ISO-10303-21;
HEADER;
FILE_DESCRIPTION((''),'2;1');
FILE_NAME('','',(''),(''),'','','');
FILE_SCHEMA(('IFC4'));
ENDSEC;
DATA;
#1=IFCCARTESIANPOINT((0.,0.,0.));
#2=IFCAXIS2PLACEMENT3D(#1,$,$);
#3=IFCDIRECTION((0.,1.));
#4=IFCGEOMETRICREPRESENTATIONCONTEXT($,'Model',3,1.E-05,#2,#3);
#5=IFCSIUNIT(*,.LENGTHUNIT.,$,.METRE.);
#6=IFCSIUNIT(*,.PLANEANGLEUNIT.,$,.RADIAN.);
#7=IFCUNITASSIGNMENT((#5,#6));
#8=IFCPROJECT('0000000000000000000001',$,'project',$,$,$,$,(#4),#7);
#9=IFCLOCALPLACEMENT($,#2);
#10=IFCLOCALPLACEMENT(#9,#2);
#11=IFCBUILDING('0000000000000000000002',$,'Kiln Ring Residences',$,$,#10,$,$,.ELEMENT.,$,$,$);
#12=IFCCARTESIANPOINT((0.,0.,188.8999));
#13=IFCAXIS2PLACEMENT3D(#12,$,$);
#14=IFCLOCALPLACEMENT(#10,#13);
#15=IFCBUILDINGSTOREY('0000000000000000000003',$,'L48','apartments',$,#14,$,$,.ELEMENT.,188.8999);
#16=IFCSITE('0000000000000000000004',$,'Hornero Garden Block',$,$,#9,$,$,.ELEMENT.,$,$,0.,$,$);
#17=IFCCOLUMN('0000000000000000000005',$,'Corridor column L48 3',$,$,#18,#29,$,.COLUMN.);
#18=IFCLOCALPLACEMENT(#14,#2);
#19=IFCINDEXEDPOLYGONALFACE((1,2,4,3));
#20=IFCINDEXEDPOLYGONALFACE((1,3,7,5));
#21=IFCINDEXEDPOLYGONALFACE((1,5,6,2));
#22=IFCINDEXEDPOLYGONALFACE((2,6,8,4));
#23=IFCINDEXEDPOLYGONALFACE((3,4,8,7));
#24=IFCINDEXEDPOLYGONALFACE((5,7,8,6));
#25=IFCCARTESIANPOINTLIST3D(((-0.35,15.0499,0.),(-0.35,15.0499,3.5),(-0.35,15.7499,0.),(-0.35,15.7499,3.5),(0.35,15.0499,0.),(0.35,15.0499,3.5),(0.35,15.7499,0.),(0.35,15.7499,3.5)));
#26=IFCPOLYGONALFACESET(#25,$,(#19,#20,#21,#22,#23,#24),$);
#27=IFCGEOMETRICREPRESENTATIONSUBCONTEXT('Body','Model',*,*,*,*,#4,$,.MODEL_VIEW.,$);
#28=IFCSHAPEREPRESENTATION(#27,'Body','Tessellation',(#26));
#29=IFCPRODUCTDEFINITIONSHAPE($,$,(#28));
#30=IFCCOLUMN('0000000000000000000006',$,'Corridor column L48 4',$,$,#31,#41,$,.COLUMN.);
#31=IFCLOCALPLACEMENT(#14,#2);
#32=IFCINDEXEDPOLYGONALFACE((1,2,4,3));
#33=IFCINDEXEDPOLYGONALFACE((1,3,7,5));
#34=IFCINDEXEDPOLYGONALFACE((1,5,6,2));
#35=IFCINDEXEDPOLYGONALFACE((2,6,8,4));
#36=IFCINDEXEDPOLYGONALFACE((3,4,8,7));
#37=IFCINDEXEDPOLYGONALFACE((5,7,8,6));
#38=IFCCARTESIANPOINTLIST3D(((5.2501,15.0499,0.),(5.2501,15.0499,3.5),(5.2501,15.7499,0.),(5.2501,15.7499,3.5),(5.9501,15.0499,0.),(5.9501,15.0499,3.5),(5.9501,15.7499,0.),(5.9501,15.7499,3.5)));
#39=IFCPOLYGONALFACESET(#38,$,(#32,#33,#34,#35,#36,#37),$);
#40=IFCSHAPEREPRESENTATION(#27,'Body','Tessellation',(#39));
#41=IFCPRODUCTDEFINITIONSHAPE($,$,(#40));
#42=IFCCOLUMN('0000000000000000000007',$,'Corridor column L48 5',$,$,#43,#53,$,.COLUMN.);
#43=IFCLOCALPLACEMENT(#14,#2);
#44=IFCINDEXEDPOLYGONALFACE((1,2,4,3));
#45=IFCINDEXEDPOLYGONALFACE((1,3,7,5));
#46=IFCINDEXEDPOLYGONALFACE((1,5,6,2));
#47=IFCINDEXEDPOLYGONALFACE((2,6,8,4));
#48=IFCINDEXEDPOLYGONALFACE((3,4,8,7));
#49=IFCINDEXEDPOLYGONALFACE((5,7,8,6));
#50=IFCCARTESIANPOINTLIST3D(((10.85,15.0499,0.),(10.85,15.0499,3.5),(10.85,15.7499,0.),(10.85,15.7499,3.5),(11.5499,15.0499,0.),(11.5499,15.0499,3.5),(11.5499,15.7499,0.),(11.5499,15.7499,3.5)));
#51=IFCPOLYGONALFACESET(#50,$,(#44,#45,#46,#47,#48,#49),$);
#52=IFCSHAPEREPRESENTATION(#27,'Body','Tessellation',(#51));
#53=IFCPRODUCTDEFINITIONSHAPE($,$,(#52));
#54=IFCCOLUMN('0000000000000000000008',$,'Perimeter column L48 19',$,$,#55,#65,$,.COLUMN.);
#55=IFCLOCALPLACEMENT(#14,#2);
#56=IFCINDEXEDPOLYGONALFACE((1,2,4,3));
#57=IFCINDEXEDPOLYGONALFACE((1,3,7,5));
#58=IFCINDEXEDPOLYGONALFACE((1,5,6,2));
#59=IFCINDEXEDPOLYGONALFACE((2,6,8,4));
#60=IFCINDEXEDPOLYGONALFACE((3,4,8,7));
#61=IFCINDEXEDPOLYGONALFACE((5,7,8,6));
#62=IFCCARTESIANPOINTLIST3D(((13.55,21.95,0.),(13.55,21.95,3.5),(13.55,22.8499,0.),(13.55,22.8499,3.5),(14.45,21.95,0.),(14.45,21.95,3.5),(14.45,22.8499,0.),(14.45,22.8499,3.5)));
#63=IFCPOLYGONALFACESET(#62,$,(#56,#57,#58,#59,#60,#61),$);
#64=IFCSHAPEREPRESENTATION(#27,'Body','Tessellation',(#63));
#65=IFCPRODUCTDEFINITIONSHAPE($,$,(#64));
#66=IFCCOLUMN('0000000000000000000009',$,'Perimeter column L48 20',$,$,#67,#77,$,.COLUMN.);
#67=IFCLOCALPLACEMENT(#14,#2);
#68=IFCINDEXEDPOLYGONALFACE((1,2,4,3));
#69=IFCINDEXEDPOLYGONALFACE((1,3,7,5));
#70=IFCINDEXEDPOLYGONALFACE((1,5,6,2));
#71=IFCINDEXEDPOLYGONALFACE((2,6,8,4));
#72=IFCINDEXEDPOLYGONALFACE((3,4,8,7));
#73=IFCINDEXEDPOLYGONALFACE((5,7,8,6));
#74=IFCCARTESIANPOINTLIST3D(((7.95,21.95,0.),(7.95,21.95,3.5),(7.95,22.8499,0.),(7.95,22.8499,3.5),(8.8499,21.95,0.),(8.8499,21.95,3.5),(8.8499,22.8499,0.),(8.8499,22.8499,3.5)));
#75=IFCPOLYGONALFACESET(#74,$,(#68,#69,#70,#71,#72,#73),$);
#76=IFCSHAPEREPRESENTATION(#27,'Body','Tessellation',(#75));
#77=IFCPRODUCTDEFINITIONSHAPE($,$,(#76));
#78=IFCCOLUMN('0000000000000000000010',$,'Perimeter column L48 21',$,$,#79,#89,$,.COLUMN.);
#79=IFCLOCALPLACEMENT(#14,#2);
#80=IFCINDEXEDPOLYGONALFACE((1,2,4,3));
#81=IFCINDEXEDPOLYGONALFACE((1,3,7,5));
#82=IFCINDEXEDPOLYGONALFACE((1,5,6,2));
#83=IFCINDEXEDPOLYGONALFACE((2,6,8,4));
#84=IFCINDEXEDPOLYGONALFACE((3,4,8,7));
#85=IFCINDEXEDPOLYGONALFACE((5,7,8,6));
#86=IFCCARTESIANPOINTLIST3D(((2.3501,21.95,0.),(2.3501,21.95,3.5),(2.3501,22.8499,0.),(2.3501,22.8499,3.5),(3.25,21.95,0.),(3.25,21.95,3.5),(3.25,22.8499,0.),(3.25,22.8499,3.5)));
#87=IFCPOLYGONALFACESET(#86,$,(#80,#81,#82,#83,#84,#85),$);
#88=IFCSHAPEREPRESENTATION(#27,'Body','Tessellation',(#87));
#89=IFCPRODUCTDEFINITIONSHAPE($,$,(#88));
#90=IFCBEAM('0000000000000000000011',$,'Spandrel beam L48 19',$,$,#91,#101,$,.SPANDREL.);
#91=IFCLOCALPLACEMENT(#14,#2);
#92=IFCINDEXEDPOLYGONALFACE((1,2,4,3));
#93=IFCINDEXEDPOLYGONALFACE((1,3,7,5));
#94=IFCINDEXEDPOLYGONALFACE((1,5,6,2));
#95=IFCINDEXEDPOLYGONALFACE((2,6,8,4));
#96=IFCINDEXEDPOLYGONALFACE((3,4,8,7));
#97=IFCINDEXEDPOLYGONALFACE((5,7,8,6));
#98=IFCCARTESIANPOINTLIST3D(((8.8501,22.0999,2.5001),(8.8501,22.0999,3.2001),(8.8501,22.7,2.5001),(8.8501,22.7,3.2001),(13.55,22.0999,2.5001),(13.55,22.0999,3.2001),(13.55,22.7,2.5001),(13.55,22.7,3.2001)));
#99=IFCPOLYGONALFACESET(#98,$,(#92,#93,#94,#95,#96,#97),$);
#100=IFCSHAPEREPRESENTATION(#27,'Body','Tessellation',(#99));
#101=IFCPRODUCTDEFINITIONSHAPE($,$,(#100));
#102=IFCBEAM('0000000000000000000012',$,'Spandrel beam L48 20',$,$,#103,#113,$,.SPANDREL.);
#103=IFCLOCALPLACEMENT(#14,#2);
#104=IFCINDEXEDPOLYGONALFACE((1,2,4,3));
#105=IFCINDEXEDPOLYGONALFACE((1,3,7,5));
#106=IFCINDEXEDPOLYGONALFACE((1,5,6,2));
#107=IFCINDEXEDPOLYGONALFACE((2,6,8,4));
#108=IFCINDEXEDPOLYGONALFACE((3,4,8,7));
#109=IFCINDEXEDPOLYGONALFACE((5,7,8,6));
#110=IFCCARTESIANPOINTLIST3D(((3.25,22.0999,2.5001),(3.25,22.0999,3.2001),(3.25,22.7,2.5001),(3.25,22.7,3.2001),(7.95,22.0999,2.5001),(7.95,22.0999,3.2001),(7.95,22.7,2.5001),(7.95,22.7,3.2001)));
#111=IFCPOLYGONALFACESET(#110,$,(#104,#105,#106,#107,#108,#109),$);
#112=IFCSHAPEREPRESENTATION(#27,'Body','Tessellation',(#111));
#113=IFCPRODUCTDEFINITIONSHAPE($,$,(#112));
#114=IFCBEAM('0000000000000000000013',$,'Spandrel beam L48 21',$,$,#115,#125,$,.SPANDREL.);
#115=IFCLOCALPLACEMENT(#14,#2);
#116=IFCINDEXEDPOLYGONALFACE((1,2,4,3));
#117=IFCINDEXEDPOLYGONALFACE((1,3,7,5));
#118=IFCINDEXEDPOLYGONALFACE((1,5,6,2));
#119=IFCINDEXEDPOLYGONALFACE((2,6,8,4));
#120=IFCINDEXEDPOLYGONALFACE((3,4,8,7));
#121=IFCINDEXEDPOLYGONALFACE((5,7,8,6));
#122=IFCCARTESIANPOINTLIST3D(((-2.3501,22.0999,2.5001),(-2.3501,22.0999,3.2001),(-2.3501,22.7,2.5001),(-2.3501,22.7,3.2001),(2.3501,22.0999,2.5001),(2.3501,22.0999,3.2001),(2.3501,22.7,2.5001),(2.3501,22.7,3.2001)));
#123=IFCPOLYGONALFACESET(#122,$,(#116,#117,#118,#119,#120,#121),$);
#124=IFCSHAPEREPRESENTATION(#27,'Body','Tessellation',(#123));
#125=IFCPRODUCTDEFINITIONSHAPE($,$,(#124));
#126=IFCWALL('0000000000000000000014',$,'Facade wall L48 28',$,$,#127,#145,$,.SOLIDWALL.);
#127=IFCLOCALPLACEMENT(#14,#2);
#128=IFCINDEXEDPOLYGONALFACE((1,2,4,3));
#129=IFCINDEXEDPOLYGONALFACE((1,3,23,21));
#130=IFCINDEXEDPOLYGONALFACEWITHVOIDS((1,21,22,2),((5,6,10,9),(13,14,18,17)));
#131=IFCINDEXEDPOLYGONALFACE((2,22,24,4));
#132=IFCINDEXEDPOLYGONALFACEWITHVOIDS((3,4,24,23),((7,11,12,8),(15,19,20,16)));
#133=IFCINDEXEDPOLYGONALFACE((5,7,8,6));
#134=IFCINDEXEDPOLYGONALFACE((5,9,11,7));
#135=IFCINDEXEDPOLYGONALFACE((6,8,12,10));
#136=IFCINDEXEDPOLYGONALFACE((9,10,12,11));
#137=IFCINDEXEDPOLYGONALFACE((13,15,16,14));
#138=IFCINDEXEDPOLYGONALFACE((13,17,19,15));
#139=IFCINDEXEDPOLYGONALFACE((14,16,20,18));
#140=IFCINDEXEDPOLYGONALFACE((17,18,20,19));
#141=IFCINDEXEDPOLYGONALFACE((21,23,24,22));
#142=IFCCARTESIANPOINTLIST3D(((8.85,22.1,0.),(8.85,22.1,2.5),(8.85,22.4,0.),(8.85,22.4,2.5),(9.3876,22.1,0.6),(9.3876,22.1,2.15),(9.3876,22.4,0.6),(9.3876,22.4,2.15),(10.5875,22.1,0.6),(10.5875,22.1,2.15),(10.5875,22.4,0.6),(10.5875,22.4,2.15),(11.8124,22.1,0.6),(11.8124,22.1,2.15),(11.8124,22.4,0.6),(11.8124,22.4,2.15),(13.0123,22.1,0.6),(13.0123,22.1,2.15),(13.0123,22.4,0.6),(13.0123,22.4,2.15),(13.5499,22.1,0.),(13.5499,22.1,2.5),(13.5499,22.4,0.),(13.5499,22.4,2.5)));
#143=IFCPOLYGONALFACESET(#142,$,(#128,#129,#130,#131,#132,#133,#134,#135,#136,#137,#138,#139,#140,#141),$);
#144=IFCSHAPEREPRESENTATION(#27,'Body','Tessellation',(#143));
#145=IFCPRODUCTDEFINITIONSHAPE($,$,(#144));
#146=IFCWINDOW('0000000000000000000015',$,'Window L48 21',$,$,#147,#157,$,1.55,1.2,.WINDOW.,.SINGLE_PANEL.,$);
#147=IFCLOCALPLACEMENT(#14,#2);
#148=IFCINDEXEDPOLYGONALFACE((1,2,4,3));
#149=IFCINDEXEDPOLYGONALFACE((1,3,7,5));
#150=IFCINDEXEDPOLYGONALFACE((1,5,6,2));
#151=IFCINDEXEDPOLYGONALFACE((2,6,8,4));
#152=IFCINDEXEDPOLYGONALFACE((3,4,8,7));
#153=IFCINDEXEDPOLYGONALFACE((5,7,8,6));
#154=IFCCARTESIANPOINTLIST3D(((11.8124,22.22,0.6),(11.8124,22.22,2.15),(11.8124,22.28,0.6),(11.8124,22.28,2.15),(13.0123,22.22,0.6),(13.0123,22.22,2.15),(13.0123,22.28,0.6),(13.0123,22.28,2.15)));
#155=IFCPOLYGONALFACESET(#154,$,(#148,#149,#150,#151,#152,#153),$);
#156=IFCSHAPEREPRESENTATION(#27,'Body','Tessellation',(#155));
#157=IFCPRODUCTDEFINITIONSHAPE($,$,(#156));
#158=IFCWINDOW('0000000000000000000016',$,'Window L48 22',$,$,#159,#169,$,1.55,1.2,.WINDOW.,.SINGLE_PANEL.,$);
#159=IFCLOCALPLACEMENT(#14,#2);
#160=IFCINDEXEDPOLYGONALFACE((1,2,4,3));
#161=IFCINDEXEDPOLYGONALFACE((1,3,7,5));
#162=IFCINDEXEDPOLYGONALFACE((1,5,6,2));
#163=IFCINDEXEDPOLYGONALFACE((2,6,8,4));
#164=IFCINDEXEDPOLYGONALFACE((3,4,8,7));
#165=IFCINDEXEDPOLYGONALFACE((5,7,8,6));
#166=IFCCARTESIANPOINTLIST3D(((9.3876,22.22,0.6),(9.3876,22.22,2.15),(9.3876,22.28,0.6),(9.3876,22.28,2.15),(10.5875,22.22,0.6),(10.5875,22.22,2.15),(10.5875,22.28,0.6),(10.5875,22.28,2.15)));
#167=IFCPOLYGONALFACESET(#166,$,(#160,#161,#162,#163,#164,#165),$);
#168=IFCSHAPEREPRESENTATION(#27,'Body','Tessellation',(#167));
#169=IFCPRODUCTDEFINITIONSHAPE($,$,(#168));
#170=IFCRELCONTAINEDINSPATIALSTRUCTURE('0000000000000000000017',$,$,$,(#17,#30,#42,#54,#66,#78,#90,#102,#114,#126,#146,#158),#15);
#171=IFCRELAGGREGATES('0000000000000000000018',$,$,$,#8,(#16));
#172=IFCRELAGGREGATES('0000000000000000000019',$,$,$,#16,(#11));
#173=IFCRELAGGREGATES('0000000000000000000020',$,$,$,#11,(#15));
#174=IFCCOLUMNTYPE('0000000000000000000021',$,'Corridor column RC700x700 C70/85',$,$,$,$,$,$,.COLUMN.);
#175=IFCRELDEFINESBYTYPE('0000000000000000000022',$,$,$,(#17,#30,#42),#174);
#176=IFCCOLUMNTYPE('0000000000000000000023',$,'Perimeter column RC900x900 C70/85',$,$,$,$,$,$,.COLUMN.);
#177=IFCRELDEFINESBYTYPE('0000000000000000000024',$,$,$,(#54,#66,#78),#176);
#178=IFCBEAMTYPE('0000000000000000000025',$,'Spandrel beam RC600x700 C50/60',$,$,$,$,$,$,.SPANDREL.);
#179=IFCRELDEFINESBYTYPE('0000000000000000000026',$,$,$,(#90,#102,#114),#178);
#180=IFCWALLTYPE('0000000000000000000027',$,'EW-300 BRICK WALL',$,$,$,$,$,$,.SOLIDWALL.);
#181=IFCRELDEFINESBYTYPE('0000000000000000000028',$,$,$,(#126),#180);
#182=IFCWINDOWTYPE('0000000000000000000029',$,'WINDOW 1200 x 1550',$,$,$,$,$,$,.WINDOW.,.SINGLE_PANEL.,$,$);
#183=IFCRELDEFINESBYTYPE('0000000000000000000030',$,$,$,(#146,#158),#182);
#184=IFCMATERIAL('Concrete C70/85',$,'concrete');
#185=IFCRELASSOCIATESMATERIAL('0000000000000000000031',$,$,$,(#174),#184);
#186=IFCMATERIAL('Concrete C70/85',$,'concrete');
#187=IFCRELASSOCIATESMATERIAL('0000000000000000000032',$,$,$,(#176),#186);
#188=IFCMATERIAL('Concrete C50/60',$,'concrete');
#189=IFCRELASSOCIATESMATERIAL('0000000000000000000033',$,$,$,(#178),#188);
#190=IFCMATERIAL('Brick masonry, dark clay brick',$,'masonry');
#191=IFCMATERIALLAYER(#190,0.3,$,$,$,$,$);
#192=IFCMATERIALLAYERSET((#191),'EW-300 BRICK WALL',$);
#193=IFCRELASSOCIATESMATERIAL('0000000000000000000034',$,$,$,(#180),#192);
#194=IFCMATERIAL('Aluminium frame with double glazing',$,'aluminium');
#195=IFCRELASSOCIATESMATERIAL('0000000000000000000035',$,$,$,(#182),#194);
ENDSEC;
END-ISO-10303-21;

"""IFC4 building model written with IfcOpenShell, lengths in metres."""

from ifc_helpers import new_model, si_unit, direction, frame, frame_2d, origin, origin_2d, place, context, subcontext, project, spatial, rectangle, extrude, material, layer, layer_set, material_profile, profile_set, type_object, element, fill, save


model = new_model("IFC4")

# Units and contexts
model_context = context("Model", 3, precision=1e-05, world=origin(), true_north=direction((0.0, 1.0)))
body_context = subcontext(model_context, "Body", "Model", "MODEL_VIEW")
ifc_project = project(units=[si_unit("LENGTHUNIT", "METRE"), si_unit("PLANEANGLEUNIT", "RADIAN")], contexts=[model_context])

# Site, building, storey
site_placement = place(None, origin())
site = spatial("IfcSite", under=ifc_project, at=site_placement, Name="Hornero Garden Block", CompositionType="ELEMENT", RefElevation=0.0)
building_placement = place(site_placement, origin())
building = spatial("IfcBuilding", under=site, at=building_placement, Name="Kiln Ring Residences", CompositionType="ELEMENT")
storey_placement = place(building_placement, frame((0.0, 0.0, 188.8999)))
storey = spatial("IfcBuildingStorey", under=building, at=storey_placement, Name="L48", Description="apartments", CompositionType="ELEMENT", Elevation=188.8999)

# Columns
ifc_material_1 = material(Name="Concrete C70/85", Category="concrete")
ifc_material_profile_1 = material_profile(ifc_material_1, rectangle(XDim=0.7, YDim=0.7, at=origin_2d()), Name="RC700x700")
ifc_profile_set_1 = profile_set([ifc_material_profile_1], Name="Concrete C70/85")
column_type_1 = type_object("IfcColumnType", Name="Corridor column RC700x700 C70/85", PredefinedType="COLUMN", material=ifc_profile_set_1)
for number, where, z_axis, x_axis, name in (
    (1, (0.0, 15.3999, 0.0), (0.0, 0.0, 1.0), (1.0, 0.0, 0.0), "Corridor column L48 3"),
    (2, (5.6001, 15.3999, 0.0), (0.0, 0.0, 1.0), (1.0, 0.0, 0.0), "Corridor column L48 4"),
    (3, (11.2, 15.3999, 0.0), (0.0, 0.0, 1.0), (1.0, 0.0, 0.0), "Corridor column L48 5"),
):
    element("IfcColumn", number, at=place(storey_placement, frame(where, z_axis=z_axis, x_axis=x_axis)), inside=storey, type_object=column_type_1, Name=name, PredefinedType="COLUMN", context=body_context, shape_type="SweptSolid", body=[
        extrude(rectangle(XDim=0.7, YDim=0.7, at=origin_2d()), origin(), (0.0, 0.0, 1.0), 3.5),
    ])
ifc_material_2 = material(Name="Concrete C70/85", Category="concrete")
ifc_material_profile_2 = material_profile(ifc_material_2, rectangle(XDim=0.8999, YDim=0.8999, at=origin_2d()), Name="RC900x900")
ifc_profile_set_2 = profile_set([ifc_material_profile_2], Name="Concrete C70/85")
column_type_2 = type_object("IfcColumnType", Name="Perimeter column RC900x900 C70/85", PredefinedType="COLUMN", material=ifc_profile_set_2)
for number, where, z_axis, x_axis, name in (
    (4, (14.0, 22.3999, 0.0), (0.0, 0.0, 1.0), (1.0, 0.0, 0.0), "Perimeter column L48 19"),
    (5, (8.3999, 22.3999, 0.0), (0.0, 0.0, 1.0), (1.0, 0.0, 0.0), "Perimeter column L48 20"),
    (6, (2.8, 22.3999, 0.0), (0.0, 0.0, 1.0), (1.0, 0.0, 0.0), "Perimeter column L48 21"),
):
    element("IfcColumn", number, at=place(storey_placement, frame(where, z_axis=z_axis, x_axis=x_axis)), inside=storey, type_object=column_type_2, Name=name, PredefinedType="COLUMN", context=body_context, shape_type="SweptSolid", body=[
        extrude(rectangle(XDim=0.8999, YDim=0.8999, at=origin_2d()), origin(), (0.0, 0.0, 1.0), 3.5),
    ])

# Beams
ifc_material_3 = material(Name="Concrete C50/60", Category="concrete")
ifc_material_profile_3 = material_profile(ifc_material_3, rectangle(XDim=0.6001, YDim=0.7, at=origin_2d()), Name="RC600x700")
ifc_profile_set_3 = profile_set([ifc_material_profile_3], Name="Concrete C50/60")
beam_type = type_object("IfcBeamType", Name="Spandrel beam RC600x700 C50/60", PredefinedType="SPANDREL", material=ifc_profile_set_3)
for number, where, z_axis, x_axis, name in (
    (7, (13.55, 22.3999, 2.8501), (-1.0, 0.0, 0.0), (0.0, -1.0, 0.0), "Spandrel beam L48 19"),
    (8, (7.95, 22.3999, 2.8501), (-1.0, 0.0, 0.0), (0.0, -1.0, 0.0), "Spandrel beam L48 20"),
):
    element("IfcBeam", number, at=place(storey_placement, frame(where, z_axis=z_axis, x_axis=x_axis)), inside=storey, type_object=beam_type, Name=name, PredefinedType="SPANDREL", context=body_context, shape_type="SweptSolid", body=[
        extrude(rectangle(XDim=0.6001, YDim=0.7, at=origin_2d()), origin(), (0.0, 0.0, 1.0), 4.7),
    ])
beam_placement = place(storey_placement, frame((2.3501, 22.3999, 2.8501), z_axis=(-1.0, 0.0, 0.0), x_axis=(0.0, -1.0, 0.0)))
element("IfcBeam", 9, at=beam_placement, inside=storey, type_object=beam_type, Name="Spandrel beam L48 21", PredefinedType="SPANDREL", context=body_context, shape_type="SweptSolid", body=[
    extrude(rectangle(XDim=0.6001, YDim=0.7, at=origin_2d()), origin(), (0.0, 0.0, 1.0), 4.7002),
])

# Wall, openings, windows
ifc_material_4 = material(Name="Brick masonry, dark clay brick", Category="masonry")
ifc_layer_1 = layer(ifc_material_4, 0.3)
ifc_layer_set_1 = layer_set([ifc_layer_1], Name="EW-300 BRICK WALL")
wall_type_1 = type_object("IfcWallType", Name="EW-300 BRICK WALL", PredefinedType="SOLIDWALL", material=ifc_layer_set_1)
wall_1_placement = place(storey_placement, frame((13.55, 22.25, 0.0), z_axis=(0.0, 0.0, 1.0), x_axis=(-1.0, 0.0, 0.0)))
wall_1 = element("IfcWall", 10, at=wall_1_placement, inside=storey, type_object=wall_type_1, Name="Facade wall L48 28", PredefinedType="SOLIDWALL", context=body_context, shape_type="SweptSolid", body=[
    extrude(rectangle(XDim=4.7, YDim=0.3, at=frame_2d((2.3501, 0.0))), origin(), (0.0, 0.0, 1.0), 2.5),
])
opening_1_placement = place(wall_1_placement, frame((0.5376, 0.0, 0.6001)))
opening_1 = element("IfcOpeningElement", 11, at=opening_1_placement, cuts=wall_1, PredefinedType="OPENING", context=body_context, shape_type="SweptSolid", body=[
    extrude(rectangle(XDim=1.2, YDim=1.55, at=frame_2d((0.6001, 0.7749))), frame((0.0, 0.1599, 0.0), z_axis=(0.0, -1.0, 0.0), x_axis=(1.0, 0.0, 0.0)), (0.0, 0.0, 1.0), 0.3201),
])
opening_2_placement = place(wall_1_placement, frame((2.9624, 0.0, 0.6001)))
opening_2 = element("IfcOpeningElement", 12, at=opening_2_placement, cuts=wall_1, PredefinedType="OPENING", context=body_context, shape_type="SweptSolid", body=[
    extrude(rectangle(XDim=1.2, YDim=1.55, at=frame_2d((0.6001, 0.7749))), frame((0.0, 0.1599, 0.0), z_axis=(0.0, -1.0, 0.0), x_axis=(1.0, 0.0, 0.0)), (0.0, 0.0, 1.0), 0.3201),
])
ifc_material_5 = material(Name="Aluminium frame with double glazing", Category="aluminium")
window_type = type_object("IfcWindowType", Name="WINDOW 1200 x 1550", PartitioningType="SINGLE_PANEL", PredefinedType="WINDOW", material=ifc_material_5)
window_1_placement = place(opening_1_placement, origin())
window_1 = element("IfcWindow", 13, at=window_1_placement, inside=storey, type_object=window_type, Name="Window L48 21", OverallHeight=1.55, OverallWidth=1.2, PartitioningType="SINGLE_PANEL", PredefinedType="WINDOW", context=body_context, shape_type="SweptSolid", body=[
    extrude(rectangle(XDim=1.2, YDim=1.55, at=frame_2d((0.6001, 0.7749))), frame((0.0, 0.03, 0.0), z_axis=(0.0, -1.0, 0.0), x_axis=(1.0, 0.0, 0.0)), (0.0, 0.0, 1.0), 0.0601),
])
fill(opening_1, window_1)
window_2_placement = place(opening_2_placement, origin())
window_2 = element("IfcWindow", 14, at=window_2_placement, inside=storey, type_object=window_type, Name="Window L48 22", OverallHeight=1.55, OverallWidth=1.2, PartitioningType="SINGLE_PANEL", PredefinedType="WINDOW", context=body_context, shape_type="SweptSolid", body=[
    extrude(rectangle(XDim=1.2, YDim=1.55, at=frame_2d((0.6001, 0.7749))), frame((0.0, 0.03, 0.0), z_axis=(0.0, -1.0, 0.0), x_axis=(1.0, 0.0, 0.0)), (0.0, 0.0, 1.0), 0.0601),
])
fill(opening_2, window_2)

save(model, "model.ifc")
